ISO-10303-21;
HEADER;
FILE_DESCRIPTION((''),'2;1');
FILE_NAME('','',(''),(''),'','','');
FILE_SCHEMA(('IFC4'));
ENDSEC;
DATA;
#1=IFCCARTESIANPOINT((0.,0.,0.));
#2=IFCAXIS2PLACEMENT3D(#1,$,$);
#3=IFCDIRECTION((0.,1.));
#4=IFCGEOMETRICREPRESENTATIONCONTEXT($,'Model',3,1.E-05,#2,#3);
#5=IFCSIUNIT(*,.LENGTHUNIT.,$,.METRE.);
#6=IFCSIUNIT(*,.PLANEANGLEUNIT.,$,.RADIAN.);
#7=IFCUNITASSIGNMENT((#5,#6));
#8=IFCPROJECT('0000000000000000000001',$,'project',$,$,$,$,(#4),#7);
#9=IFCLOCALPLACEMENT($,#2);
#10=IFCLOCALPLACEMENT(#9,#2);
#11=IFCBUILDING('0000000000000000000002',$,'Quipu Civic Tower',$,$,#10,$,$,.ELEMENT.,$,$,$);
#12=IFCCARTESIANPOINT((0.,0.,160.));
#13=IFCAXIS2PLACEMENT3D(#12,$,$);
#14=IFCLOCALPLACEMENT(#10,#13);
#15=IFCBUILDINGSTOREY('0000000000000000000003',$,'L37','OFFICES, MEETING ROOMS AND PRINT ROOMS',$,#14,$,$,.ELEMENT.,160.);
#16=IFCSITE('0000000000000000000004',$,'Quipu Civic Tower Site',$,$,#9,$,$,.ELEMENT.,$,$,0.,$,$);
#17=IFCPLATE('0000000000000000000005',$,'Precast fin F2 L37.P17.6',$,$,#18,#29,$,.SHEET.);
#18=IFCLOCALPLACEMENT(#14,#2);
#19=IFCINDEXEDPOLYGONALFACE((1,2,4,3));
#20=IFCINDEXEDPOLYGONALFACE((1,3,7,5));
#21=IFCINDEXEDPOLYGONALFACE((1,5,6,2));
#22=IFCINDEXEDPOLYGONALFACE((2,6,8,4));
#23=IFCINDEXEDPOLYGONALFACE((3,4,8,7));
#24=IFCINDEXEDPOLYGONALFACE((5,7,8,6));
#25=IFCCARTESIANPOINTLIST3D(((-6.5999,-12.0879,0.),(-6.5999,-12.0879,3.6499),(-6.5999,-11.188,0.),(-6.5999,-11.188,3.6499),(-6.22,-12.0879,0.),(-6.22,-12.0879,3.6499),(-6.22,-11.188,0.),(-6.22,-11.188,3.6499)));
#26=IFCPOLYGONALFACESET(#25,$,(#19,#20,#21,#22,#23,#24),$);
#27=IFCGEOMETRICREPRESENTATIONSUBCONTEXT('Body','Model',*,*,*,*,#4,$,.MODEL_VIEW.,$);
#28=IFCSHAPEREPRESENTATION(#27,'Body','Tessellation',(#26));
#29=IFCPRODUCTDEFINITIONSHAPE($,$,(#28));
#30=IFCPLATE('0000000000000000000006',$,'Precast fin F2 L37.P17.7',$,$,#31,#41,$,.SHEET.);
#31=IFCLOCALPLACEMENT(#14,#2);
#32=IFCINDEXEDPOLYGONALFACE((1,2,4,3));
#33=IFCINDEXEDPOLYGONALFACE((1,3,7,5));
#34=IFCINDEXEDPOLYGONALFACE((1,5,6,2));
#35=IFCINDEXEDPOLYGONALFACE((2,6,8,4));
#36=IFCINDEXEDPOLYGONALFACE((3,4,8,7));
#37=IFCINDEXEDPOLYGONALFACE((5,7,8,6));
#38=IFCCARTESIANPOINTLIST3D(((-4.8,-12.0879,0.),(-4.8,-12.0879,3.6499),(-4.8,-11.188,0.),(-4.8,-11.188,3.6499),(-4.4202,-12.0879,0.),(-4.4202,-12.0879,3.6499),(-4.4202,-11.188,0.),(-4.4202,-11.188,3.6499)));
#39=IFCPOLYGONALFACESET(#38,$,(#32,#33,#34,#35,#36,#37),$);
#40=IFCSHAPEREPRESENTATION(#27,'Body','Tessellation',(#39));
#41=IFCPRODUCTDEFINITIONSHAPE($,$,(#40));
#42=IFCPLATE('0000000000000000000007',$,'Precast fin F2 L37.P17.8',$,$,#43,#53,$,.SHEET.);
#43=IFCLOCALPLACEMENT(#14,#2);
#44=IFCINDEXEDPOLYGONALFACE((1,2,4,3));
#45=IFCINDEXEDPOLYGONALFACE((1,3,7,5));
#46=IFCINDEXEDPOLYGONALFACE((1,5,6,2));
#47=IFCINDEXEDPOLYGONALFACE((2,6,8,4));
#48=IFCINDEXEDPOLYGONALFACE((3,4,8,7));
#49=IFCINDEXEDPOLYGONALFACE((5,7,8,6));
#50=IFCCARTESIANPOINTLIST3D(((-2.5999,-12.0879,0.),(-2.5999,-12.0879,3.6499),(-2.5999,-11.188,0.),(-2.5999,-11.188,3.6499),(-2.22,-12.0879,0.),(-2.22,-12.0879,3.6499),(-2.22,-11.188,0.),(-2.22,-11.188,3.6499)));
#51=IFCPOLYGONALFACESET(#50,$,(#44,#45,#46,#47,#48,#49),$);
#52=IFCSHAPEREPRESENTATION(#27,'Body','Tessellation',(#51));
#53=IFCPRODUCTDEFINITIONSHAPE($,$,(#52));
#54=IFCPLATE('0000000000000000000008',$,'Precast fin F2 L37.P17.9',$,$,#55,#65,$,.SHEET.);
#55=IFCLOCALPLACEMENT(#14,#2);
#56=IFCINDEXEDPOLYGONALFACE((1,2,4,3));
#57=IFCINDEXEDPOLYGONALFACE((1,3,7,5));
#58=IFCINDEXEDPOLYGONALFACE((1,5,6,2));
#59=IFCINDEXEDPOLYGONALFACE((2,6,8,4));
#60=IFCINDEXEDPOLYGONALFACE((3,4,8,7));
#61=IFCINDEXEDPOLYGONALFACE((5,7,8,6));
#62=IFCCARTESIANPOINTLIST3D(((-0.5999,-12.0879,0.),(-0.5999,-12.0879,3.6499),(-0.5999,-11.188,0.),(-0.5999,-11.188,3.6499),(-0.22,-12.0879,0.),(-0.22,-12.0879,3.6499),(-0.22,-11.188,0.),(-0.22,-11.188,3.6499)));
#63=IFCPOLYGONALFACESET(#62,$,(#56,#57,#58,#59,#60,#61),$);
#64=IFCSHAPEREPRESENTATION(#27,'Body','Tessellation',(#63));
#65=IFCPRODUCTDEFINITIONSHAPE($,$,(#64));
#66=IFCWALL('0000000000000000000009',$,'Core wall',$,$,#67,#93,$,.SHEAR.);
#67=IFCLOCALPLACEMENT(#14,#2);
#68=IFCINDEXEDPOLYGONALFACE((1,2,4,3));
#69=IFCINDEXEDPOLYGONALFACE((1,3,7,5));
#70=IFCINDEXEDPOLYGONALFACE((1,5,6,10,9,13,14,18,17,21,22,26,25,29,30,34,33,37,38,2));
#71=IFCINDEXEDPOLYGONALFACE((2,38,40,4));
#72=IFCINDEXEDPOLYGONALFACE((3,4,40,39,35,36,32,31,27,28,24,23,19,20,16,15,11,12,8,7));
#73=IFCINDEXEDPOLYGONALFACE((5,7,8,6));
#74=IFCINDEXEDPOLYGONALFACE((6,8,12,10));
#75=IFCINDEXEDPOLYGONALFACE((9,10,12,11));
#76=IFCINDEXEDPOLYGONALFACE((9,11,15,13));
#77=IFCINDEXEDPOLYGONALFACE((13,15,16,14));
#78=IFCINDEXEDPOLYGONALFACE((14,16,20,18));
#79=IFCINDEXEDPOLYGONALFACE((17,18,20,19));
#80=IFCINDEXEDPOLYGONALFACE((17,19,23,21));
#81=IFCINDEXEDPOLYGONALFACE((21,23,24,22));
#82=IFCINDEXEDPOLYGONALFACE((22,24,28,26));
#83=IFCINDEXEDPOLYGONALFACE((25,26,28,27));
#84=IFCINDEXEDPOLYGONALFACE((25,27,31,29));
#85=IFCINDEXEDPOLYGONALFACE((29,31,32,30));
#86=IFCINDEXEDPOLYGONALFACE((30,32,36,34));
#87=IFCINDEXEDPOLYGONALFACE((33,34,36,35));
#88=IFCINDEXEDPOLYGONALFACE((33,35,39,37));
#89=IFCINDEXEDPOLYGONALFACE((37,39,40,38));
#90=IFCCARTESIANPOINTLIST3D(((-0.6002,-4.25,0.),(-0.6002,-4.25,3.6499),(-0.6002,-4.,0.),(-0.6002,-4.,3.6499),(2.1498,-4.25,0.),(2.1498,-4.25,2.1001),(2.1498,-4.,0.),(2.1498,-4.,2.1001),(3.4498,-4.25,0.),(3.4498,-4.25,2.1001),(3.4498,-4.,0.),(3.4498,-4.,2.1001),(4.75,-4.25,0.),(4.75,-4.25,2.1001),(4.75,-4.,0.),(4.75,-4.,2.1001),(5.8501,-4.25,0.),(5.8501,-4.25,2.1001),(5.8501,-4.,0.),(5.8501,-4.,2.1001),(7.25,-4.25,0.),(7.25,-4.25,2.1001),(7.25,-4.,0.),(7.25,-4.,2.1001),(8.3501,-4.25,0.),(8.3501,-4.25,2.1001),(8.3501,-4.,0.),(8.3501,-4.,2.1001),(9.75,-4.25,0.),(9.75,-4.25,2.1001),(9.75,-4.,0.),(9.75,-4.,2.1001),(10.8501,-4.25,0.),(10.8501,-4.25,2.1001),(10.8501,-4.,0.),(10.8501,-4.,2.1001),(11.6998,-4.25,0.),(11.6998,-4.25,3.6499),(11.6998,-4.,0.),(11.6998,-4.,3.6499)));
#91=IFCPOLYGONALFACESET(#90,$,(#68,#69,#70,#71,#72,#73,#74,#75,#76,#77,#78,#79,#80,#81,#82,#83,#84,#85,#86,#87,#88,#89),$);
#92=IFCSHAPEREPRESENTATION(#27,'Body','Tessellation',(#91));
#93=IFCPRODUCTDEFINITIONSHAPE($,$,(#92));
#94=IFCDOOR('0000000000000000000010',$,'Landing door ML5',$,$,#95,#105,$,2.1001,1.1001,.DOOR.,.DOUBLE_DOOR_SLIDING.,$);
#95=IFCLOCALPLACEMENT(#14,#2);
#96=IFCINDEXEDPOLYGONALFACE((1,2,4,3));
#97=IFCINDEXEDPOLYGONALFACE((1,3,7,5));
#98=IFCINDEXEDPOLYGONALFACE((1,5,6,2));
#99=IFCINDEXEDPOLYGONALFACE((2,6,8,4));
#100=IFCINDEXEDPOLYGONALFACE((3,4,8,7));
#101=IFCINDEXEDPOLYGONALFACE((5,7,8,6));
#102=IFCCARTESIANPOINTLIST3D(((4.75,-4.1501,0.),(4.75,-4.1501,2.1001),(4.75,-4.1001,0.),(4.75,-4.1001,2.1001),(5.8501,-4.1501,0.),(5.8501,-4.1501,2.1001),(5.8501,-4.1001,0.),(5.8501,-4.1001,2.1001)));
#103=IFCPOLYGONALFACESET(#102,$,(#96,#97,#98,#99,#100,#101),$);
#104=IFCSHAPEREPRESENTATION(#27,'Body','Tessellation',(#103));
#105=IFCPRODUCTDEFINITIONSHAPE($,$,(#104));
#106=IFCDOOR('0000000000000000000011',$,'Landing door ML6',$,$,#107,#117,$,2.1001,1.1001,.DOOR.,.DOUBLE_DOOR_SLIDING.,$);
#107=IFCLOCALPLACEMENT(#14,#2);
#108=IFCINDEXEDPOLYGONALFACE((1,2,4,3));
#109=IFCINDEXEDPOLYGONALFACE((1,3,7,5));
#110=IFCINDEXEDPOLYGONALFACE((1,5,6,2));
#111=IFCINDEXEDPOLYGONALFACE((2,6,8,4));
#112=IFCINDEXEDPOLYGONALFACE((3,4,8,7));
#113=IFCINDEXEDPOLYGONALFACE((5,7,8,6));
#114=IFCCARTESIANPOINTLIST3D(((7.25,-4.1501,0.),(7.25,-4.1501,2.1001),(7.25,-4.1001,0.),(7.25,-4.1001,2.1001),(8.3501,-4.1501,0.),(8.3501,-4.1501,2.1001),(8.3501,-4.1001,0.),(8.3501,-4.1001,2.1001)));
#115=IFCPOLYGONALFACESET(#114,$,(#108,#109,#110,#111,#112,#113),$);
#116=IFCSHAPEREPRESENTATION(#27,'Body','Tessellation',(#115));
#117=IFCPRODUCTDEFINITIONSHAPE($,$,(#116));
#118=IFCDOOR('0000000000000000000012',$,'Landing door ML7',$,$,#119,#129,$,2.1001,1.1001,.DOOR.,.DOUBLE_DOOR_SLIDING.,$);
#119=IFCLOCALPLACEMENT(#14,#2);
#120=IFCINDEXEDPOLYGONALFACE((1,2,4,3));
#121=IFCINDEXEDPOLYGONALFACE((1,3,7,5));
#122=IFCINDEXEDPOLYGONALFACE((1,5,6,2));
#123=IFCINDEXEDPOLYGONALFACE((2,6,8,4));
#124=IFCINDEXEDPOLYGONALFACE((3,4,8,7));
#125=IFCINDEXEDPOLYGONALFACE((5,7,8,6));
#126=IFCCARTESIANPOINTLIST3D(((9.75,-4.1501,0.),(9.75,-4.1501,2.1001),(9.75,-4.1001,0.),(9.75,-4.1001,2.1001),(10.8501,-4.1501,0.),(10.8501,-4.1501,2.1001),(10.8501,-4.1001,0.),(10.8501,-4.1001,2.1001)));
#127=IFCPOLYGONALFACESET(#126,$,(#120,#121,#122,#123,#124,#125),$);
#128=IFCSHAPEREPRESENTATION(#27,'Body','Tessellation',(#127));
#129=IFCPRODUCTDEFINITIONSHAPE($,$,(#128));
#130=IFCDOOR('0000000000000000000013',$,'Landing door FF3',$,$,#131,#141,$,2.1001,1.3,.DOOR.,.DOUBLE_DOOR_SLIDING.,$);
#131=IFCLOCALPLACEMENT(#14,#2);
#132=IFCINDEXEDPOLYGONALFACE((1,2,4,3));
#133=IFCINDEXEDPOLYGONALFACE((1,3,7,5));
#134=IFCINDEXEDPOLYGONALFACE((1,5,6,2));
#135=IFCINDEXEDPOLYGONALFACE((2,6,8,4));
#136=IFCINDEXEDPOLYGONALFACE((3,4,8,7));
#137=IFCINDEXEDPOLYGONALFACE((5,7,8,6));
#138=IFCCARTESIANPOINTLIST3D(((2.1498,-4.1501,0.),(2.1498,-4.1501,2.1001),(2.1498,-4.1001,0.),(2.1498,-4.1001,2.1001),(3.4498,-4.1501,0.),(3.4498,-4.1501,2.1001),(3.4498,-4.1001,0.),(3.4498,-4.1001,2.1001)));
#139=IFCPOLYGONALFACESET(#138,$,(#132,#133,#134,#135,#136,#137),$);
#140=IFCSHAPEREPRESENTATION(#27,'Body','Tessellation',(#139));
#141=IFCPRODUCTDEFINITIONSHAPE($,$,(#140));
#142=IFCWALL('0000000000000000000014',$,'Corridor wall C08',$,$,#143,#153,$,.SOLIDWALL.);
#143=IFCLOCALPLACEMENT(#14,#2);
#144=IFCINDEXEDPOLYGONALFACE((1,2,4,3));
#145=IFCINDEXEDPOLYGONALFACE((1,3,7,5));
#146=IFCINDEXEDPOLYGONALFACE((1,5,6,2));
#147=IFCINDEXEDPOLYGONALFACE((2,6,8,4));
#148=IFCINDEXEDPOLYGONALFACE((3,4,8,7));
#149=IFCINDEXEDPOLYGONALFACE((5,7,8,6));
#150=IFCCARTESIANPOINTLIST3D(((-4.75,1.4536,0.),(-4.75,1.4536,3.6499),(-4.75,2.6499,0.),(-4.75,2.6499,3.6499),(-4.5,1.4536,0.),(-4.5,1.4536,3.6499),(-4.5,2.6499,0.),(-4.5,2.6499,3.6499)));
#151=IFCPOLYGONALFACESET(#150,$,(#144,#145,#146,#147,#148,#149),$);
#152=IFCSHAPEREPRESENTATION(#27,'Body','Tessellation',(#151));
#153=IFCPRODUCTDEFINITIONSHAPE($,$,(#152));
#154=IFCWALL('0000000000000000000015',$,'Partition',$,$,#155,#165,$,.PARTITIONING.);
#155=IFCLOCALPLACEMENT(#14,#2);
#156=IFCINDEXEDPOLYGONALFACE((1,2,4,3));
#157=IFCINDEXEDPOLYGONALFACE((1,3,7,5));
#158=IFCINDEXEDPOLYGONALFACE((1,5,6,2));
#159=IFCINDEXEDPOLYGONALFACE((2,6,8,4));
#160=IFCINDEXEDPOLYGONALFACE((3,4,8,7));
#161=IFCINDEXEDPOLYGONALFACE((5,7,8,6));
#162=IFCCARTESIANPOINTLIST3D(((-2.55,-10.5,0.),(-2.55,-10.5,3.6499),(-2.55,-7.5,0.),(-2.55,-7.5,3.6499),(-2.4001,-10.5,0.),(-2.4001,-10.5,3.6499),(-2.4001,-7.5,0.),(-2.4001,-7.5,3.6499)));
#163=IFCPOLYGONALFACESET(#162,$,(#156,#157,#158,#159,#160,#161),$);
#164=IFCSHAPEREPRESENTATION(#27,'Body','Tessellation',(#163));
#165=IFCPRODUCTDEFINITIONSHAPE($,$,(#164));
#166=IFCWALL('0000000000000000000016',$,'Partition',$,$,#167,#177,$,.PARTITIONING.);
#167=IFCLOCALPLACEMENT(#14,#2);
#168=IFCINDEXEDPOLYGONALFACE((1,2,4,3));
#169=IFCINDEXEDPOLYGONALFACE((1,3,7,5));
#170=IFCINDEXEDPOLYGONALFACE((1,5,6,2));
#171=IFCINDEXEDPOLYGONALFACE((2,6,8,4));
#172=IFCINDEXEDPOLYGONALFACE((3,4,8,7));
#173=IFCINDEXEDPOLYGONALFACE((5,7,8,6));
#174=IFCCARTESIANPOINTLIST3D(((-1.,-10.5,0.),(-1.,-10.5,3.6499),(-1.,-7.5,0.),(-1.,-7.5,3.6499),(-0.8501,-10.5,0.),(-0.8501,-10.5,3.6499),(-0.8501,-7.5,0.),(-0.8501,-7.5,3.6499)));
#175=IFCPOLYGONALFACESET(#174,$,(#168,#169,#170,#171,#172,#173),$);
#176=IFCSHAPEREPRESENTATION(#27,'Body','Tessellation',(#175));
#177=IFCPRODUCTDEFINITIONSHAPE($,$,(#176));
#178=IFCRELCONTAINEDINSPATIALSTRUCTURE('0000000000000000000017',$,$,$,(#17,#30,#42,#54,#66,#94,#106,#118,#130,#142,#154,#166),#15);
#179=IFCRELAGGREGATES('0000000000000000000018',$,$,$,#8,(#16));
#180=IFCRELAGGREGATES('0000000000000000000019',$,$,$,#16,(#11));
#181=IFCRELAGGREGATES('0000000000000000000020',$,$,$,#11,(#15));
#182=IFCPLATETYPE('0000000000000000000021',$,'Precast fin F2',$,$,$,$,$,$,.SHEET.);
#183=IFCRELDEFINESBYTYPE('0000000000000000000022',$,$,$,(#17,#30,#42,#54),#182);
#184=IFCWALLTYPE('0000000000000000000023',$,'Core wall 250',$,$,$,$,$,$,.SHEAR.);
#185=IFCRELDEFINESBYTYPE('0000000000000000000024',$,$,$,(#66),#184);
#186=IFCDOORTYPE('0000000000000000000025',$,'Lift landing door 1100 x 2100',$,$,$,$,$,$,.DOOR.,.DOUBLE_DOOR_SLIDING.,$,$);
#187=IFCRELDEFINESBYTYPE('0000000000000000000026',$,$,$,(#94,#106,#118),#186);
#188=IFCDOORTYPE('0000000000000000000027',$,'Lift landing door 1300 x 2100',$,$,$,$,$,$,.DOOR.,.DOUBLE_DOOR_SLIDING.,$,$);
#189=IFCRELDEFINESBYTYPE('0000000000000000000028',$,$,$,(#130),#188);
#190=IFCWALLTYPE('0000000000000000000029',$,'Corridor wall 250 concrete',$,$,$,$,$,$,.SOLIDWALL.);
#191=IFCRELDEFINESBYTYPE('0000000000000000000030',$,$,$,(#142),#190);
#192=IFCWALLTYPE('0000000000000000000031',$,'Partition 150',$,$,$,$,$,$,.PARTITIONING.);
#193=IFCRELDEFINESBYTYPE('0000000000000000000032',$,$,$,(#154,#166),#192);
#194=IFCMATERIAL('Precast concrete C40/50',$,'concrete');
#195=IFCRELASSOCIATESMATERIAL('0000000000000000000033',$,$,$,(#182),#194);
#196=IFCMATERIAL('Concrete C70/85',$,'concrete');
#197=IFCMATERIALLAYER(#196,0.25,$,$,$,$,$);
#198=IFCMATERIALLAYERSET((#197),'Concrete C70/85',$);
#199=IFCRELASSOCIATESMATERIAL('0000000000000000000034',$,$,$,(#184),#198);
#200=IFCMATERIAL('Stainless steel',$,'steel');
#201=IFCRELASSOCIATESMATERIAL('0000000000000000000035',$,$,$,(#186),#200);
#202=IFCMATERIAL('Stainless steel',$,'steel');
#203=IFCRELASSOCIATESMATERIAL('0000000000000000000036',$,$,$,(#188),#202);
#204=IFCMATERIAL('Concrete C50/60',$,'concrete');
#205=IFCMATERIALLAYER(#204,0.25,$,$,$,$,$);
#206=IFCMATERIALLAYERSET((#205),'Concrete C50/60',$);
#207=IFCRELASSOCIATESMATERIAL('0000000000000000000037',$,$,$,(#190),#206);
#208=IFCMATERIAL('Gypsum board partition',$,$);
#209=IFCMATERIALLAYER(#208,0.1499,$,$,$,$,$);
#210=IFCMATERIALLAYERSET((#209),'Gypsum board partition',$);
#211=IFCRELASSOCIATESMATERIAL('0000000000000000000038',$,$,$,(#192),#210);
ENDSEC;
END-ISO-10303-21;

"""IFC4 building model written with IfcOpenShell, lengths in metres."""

from ifc_helpers import new_model, si_unit, direction, frame, frame_2d, origin, origin_2d, place, context, subcontext, project, spatial, rectangle, extrude, material, layer, layer_set, type_object, element, fill, save


model = new_model("IFC4")

# Units and contexts
model_context = context("Model", 3, precision=1e-05, world=origin(), true_north=direction((0.0, 1.0)))
body_context = subcontext(model_context, "Body", "Model", "MODEL_VIEW")
ifc_project = project(units=[si_unit("LENGTHUNIT", "METRE"), si_unit("PLANEANGLEUNIT", "RADIAN")], contexts=[model_context])

# Site, building, storey
site_placement = place(None, origin())
site = spatial("IfcSite", under=ifc_project, at=site_placement, Name="Quipu Civic Tower Site", CompositionType="ELEMENT", RefElevation=0.0)
building_placement = place(site_placement, origin())
building = spatial("IfcBuilding", under=site, at=building_placement, Name="Quipu Civic Tower", CompositionType="ELEMENT")
storey_placement = place(building_placement, frame((0.0, 0.0, 160.0)))
storey = spatial("IfcBuildingStorey", under=building, at=storey_placement, Name="L37", Description="OFFICES, MEETING ROOMS AND PRINT ROOMS", CompositionType="ELEMENT", Elevation=160.0)

# Plates
ifc_material_1 = material(Name="Precast concrete C40/50", Category="concrete")
plate_type = type_object("IfcPlateType", Name="Precast fin F2", PredefinedType="SHEET", material=ifc_material_1)
for number, where, z_axis, x_axis, name in (
    (1, (-6.4099, -11.6379, 0.0), (0.0, 0.0, 1.0), (1.0, 0.0, 0.0), "Precast fin F2 L37.P17.6"),
    (2, (-4.6101, -11.6379, 0.0), (0.0, 0.0, 1.0), (1.0, 0.0, 0.0), "Precast fin F2 L37.P17.7"),
    (3, (-2.4099, -11.6379, 0.0), (0.0, 0.0, 1.0), (1.0, 0.0, 0.0), "Precast fin F2 L37.P17.8"),
    (4, (-0.4099, -11.6379, 0.0), (0.0, 0.0, 1.0), (1.0, 0.0, 0.0), "Precast fin F2 L37.P17.9"),
):
    element("IfcPlate", number, at=place(storey_placement, frame(where, z_axis=z_axis, x_axis=x_axis)), inside=storey, type_object=plate_type, Name=name, PredefinedType="SHEET", context=body_context, shape_type="SweptSolid", body=[
        extrude(rectangle(XDim=0.3799, YDim=0.8999, at=origin_2d()), origin(), (0.0, 0.0, 1.0), 3.6499),
    ])

# Wall, openings, doors
ifc_material_2 = material(Name="Concrete C70/85", Category="concrete")
ifc_layer_1 = layer(ifc_material_2, 0.25)
ifc_layer_set_1 = layer_set([ifc_layer_1], Name="Concrete C70/85")
wall_type_1 = type_object("IfcWallType", Name="Core wall 250", PredefinedType="SHEAR", material=ifc_layer_set_1)
wall_1_placement = place(storey_placement, frame((-0.6001, -4.125, 0.0), z_axis=(0.0, 0.0, 1.0), x_axis=(1.0, 0.0, 0.0)))
wall_1 = element("IfcWall", 5, at=wall_1_placement, inside=storey, type_object=wall_type_1, Name="Core wall", PredefinedType="SHEAR", context=body_context, shape_type="SweptSolid", body=[
    extrude(rectangle(XDim=12.3, YDim=0.25, at=frame_2d((6.1499, 0.0))), origin(), (0.0, 0.0, 1.0), 3.6499),
])
opening_1_placement = place(wall_1_placement, frame((2.75, 0.0, 0.0)))
opening_1 = element("IfcOpeningElement", 6, at=opening_1_placement, cuts=wall_1, PredefinedType="OPENING", context=body_context, shape_type="SweptSolid", body=[
    extrude(rectangle(XDim=1.3, YDim=2.1001, at=frame_2d((0.6499, 1.05))), frame((0.0, 0.135, 0.0), z_axis=(0.0, -1.0, 0.0), x_axis=(1.0, 0.0, 0.0)), (0.0, 0.0, 1.0), 0.27),
])
opening_2_placement = place(wall_1_placement, frame((5.3501, 0.0, 0.0)))
opening_2 = element("IfcOpeningElement", 7, at=opening_2_placement, cuts=wall_1, PredefinedType="OPENING", context=body_context, shape_type="SweptSolid", body=[
    extrude(rectangle(XDim=1.1001, YDim=2.1001, at=frame_2d((0.55, 1.05))), frame((0.0, 0.135, 0.0), z_axis=(0.0, -1.0, 0.0), x_axis=(1.0, 0.0, 0.0)), (0.0, 0.0, 1.0), 0.27),
])
opening_3_placement = place(wall_1_placement, frame((7.8501, 0.0, 0.0)))
opening_3 = element("IfcOpeningElement", 8, at=opening_3_placement, cuts=wall_1, PredefinedType="OPENING", context=body_context, shape_type="SweptSolid", body=[
    extrude(rectangle(XDim=1.1001, YDim=2.1001, at=frame_2d((0.55, 1.05))), frame((0.0, 0.135, 0.0), z_axis=(0.0, -1.0, 0.0), x_axis=(1.0, 0.0, 0.0)), (0.0, 0.0, 1.0), 0.27),
])
opening_4_placement = place(wall_1_placement, frame((10.3501, 0.0, 0.0)))
opening_4 = element("IfcOpeningElement", 9, at=opening_4_placement, cuts=wall_1, PredefinedType="OPENING", context=body_context, shape_type="SweptSolid", body=[
    extrude(rectangle(XDim=1.1001, YDim=2.1001, at=frame_2d((0.55, 1.05))), frame((0.0, 0.135, 0.0), z_axis=(0.0, -1.0, 0.0), x_axis=(1.0, 0.0, 0.0)), (0.0, 0.0, 1.0), 0.27),
])
ifc_material_3 = material(Name="Stainless steel", Category="steel")
door_type_1 = type_object("IfcDoorType", Name="Lift landing door 1100 x 2100", OperationType="DOUBLE_DOOR_SLIDING", PredefinedType="DOOR", material=ifc_material_3)
door_1_placement = place(opening_2_placement, origin())
door_1 = element("IfcDoor", 10, at=door_1_placement, inside=storey, type_object=door_type_1, Name="Landing door ML5", OperationType="DOUBLE_DOOR_SLIDING", OverallHeight=2.1001, OverallWidth=1.1001, PredefinedType="DOOR", context=body_context, shape_type="SweptSolid", body=[
    extrude(rectangle(XDim=1.1001, YDim=2.1001, at=frame_2d((0.55, 1.05))), frame((0.0, 0.0249, 0.0), z_axis=(0.0, -1.0, 0.0), x_axis=(1.0, 0.0, 0.0)), (0.0, 0.0, 1.0), 0.05),
])
fill(opening_2, door_1)
door_2_placement = place(opening_3_placement, origin())
door_2 = element("IfcDoor", 11, at=door_2_placement, inside=storey, type_object=door_type_1, Name="Landing door ML6", OperationType="DOUBLE_DOOR_SLIDING", OverallHeight=2.1001, OverallWidth=1.1001, PredefinedType="DOOR", context=body_context, shape_type="SweptSolid", body=[
    extrude(rectangle(XDim=1.1001, YDim=2.1001, at=frame_2d((0.55, 1.05))), frame((0.0, 0.0249, 0.0), z_axis=(0.0, -1.0, 0.0), x_axis=(1.0, 0.0, 0.0)), (0.0, 0.0, 1.0), 0.05),
])
fill(opening_3, door_2)
door_3_placement = place(opening_4_placement, origin())
door_3 = element("IfcDoor", 12, at=door_3_placement, inside=storey, type_object=door_type_1, Name="Landing door ML7", OperationType="DOUBLE_DOOR_SLIDING", OverallHeight=2.1001, OverallWidth=1.1001, PredefinedType="DOOR", context=body_context, shape_type="SweptSolid", body=[
    extrude(rectangle(XDim=1.1001, YDim=2.1001, at=frame_2d((0.55, 1.05))), frame((0.0, 0.0249, 0.0), z_axis=(0.0, -1.0, 0.0), x_axis=(1.0, 0.0, 0.0)), (0.0, 0.0, 1.0), 0.05),
])
fill(opening_4, door_3)
ifc_material_4 = material(Name="Stainless steel", Category="steel")
door_type_2 = type_object("IfcDoorType", Name="Lift landing door 1300 x 2100", OperationType="DOUBLE_DOOR_SLIDING", PredefinedType="DOOR", material=ifc_material_4)
door_4_placement = place(opening_1_placement, origin())
door_4 = element("IfcDoor", 13, at=door_4_placement, inside=storey, type_object=door_type_2, Name="Landing door FF3", OperationType="DOUBLE_DOOR_SLIDING", OverallHeight=2.1001, OverallWidth=1.3, PredefinedType="DOOR", context=body_context, shape_type="SweptSolid", body=[
    extrude(rectangle(XDim=1.3, YDim=2.1001, at=frame_2d((0.6499, 1.05))), frame((0.0, 0.0249, 0.0), z_axis=(0.0, -1.0, 0.0), x_axis=(1.0, 0.0, 0.0)), (0.0, 0.0, 1.0), 0.05),
])
fill(opening_1, door_4)

# Walls
ifc_material_5 = material(Name="Concrete C50/60", Category="concrete")
ifc_layer_2 = layer(ifc_material_5, 0.25)
ifc_layer_set_2 = layer_set([ifc_layer_2], Name="Concrete C50/60")
wall_type_2 = type_object("IfcWallType", Name="Corridor wall 250 concrete", PredefinedType="SOLIDWALL", material=ifc_layer_set_2)
wall_2_placement = place(storey_placement, frame((-4.625, 1.4536, 0.0), z_axis=(0.0, 0.0, 1.0), x_axis=(0.0, 1.0, 0.0)))
element("IfcWall", 14, at=wall_2_placement, inside=storey, type_object=wall_type_2, Name="Corridor wall C08", PredefinedType="SOLIDWALL", context=body_context, shape_type="SweptSolid", body=[
    extrude(rectangle(XDim=1.1963, YDim=0.25, at=frame_2d((0.5981, 0.0))), origin(), (0.0, 0.0, 1.0), 3.6499),
])
ifc_material_6 = material(Name="Gypsum board partition")
ifc_layer_3 = layer(ifc_material_6, 0.1499)
ifc_layer_set_3 = layer_set([ifc_layer_3], Name="Gypsum board partition")
wall_type_3 = type_object("IfcWallType", Name="Partition 150", PredefinedType="PARTITIONING", material=ifc_layer_set_3)
for number, where, z_axis, x_axis, name in (
    (15, (-2.4751, -10.5, 0.0), (0.0, 0.0, 1.0), (0.0, 1.0, 0.0), "Partition"),
    (16, (-0.925, -10.5, 0.0), (0.0, 0.0, 1.0), (0.0, 1.0, 0.0), "Partition"),
):
    element("IfcWall", number, at=place(storey_placement, frame(where, z_axis=z_axis, x_axis=x_axis)), inside=storey, type_object=wall_type_3, Name=name, PredefinedType="PARTITIONING", context=body_context, shape_type="SweptSolid", body=[
        extrude(rectangle(XDim=3.0, YDim=0.1499, at=frame_2d((1.5, 0.0))), origin(), (0.0, 0.0, 1.0), 3.6499),
    ])

save(model, "model.ifc")
